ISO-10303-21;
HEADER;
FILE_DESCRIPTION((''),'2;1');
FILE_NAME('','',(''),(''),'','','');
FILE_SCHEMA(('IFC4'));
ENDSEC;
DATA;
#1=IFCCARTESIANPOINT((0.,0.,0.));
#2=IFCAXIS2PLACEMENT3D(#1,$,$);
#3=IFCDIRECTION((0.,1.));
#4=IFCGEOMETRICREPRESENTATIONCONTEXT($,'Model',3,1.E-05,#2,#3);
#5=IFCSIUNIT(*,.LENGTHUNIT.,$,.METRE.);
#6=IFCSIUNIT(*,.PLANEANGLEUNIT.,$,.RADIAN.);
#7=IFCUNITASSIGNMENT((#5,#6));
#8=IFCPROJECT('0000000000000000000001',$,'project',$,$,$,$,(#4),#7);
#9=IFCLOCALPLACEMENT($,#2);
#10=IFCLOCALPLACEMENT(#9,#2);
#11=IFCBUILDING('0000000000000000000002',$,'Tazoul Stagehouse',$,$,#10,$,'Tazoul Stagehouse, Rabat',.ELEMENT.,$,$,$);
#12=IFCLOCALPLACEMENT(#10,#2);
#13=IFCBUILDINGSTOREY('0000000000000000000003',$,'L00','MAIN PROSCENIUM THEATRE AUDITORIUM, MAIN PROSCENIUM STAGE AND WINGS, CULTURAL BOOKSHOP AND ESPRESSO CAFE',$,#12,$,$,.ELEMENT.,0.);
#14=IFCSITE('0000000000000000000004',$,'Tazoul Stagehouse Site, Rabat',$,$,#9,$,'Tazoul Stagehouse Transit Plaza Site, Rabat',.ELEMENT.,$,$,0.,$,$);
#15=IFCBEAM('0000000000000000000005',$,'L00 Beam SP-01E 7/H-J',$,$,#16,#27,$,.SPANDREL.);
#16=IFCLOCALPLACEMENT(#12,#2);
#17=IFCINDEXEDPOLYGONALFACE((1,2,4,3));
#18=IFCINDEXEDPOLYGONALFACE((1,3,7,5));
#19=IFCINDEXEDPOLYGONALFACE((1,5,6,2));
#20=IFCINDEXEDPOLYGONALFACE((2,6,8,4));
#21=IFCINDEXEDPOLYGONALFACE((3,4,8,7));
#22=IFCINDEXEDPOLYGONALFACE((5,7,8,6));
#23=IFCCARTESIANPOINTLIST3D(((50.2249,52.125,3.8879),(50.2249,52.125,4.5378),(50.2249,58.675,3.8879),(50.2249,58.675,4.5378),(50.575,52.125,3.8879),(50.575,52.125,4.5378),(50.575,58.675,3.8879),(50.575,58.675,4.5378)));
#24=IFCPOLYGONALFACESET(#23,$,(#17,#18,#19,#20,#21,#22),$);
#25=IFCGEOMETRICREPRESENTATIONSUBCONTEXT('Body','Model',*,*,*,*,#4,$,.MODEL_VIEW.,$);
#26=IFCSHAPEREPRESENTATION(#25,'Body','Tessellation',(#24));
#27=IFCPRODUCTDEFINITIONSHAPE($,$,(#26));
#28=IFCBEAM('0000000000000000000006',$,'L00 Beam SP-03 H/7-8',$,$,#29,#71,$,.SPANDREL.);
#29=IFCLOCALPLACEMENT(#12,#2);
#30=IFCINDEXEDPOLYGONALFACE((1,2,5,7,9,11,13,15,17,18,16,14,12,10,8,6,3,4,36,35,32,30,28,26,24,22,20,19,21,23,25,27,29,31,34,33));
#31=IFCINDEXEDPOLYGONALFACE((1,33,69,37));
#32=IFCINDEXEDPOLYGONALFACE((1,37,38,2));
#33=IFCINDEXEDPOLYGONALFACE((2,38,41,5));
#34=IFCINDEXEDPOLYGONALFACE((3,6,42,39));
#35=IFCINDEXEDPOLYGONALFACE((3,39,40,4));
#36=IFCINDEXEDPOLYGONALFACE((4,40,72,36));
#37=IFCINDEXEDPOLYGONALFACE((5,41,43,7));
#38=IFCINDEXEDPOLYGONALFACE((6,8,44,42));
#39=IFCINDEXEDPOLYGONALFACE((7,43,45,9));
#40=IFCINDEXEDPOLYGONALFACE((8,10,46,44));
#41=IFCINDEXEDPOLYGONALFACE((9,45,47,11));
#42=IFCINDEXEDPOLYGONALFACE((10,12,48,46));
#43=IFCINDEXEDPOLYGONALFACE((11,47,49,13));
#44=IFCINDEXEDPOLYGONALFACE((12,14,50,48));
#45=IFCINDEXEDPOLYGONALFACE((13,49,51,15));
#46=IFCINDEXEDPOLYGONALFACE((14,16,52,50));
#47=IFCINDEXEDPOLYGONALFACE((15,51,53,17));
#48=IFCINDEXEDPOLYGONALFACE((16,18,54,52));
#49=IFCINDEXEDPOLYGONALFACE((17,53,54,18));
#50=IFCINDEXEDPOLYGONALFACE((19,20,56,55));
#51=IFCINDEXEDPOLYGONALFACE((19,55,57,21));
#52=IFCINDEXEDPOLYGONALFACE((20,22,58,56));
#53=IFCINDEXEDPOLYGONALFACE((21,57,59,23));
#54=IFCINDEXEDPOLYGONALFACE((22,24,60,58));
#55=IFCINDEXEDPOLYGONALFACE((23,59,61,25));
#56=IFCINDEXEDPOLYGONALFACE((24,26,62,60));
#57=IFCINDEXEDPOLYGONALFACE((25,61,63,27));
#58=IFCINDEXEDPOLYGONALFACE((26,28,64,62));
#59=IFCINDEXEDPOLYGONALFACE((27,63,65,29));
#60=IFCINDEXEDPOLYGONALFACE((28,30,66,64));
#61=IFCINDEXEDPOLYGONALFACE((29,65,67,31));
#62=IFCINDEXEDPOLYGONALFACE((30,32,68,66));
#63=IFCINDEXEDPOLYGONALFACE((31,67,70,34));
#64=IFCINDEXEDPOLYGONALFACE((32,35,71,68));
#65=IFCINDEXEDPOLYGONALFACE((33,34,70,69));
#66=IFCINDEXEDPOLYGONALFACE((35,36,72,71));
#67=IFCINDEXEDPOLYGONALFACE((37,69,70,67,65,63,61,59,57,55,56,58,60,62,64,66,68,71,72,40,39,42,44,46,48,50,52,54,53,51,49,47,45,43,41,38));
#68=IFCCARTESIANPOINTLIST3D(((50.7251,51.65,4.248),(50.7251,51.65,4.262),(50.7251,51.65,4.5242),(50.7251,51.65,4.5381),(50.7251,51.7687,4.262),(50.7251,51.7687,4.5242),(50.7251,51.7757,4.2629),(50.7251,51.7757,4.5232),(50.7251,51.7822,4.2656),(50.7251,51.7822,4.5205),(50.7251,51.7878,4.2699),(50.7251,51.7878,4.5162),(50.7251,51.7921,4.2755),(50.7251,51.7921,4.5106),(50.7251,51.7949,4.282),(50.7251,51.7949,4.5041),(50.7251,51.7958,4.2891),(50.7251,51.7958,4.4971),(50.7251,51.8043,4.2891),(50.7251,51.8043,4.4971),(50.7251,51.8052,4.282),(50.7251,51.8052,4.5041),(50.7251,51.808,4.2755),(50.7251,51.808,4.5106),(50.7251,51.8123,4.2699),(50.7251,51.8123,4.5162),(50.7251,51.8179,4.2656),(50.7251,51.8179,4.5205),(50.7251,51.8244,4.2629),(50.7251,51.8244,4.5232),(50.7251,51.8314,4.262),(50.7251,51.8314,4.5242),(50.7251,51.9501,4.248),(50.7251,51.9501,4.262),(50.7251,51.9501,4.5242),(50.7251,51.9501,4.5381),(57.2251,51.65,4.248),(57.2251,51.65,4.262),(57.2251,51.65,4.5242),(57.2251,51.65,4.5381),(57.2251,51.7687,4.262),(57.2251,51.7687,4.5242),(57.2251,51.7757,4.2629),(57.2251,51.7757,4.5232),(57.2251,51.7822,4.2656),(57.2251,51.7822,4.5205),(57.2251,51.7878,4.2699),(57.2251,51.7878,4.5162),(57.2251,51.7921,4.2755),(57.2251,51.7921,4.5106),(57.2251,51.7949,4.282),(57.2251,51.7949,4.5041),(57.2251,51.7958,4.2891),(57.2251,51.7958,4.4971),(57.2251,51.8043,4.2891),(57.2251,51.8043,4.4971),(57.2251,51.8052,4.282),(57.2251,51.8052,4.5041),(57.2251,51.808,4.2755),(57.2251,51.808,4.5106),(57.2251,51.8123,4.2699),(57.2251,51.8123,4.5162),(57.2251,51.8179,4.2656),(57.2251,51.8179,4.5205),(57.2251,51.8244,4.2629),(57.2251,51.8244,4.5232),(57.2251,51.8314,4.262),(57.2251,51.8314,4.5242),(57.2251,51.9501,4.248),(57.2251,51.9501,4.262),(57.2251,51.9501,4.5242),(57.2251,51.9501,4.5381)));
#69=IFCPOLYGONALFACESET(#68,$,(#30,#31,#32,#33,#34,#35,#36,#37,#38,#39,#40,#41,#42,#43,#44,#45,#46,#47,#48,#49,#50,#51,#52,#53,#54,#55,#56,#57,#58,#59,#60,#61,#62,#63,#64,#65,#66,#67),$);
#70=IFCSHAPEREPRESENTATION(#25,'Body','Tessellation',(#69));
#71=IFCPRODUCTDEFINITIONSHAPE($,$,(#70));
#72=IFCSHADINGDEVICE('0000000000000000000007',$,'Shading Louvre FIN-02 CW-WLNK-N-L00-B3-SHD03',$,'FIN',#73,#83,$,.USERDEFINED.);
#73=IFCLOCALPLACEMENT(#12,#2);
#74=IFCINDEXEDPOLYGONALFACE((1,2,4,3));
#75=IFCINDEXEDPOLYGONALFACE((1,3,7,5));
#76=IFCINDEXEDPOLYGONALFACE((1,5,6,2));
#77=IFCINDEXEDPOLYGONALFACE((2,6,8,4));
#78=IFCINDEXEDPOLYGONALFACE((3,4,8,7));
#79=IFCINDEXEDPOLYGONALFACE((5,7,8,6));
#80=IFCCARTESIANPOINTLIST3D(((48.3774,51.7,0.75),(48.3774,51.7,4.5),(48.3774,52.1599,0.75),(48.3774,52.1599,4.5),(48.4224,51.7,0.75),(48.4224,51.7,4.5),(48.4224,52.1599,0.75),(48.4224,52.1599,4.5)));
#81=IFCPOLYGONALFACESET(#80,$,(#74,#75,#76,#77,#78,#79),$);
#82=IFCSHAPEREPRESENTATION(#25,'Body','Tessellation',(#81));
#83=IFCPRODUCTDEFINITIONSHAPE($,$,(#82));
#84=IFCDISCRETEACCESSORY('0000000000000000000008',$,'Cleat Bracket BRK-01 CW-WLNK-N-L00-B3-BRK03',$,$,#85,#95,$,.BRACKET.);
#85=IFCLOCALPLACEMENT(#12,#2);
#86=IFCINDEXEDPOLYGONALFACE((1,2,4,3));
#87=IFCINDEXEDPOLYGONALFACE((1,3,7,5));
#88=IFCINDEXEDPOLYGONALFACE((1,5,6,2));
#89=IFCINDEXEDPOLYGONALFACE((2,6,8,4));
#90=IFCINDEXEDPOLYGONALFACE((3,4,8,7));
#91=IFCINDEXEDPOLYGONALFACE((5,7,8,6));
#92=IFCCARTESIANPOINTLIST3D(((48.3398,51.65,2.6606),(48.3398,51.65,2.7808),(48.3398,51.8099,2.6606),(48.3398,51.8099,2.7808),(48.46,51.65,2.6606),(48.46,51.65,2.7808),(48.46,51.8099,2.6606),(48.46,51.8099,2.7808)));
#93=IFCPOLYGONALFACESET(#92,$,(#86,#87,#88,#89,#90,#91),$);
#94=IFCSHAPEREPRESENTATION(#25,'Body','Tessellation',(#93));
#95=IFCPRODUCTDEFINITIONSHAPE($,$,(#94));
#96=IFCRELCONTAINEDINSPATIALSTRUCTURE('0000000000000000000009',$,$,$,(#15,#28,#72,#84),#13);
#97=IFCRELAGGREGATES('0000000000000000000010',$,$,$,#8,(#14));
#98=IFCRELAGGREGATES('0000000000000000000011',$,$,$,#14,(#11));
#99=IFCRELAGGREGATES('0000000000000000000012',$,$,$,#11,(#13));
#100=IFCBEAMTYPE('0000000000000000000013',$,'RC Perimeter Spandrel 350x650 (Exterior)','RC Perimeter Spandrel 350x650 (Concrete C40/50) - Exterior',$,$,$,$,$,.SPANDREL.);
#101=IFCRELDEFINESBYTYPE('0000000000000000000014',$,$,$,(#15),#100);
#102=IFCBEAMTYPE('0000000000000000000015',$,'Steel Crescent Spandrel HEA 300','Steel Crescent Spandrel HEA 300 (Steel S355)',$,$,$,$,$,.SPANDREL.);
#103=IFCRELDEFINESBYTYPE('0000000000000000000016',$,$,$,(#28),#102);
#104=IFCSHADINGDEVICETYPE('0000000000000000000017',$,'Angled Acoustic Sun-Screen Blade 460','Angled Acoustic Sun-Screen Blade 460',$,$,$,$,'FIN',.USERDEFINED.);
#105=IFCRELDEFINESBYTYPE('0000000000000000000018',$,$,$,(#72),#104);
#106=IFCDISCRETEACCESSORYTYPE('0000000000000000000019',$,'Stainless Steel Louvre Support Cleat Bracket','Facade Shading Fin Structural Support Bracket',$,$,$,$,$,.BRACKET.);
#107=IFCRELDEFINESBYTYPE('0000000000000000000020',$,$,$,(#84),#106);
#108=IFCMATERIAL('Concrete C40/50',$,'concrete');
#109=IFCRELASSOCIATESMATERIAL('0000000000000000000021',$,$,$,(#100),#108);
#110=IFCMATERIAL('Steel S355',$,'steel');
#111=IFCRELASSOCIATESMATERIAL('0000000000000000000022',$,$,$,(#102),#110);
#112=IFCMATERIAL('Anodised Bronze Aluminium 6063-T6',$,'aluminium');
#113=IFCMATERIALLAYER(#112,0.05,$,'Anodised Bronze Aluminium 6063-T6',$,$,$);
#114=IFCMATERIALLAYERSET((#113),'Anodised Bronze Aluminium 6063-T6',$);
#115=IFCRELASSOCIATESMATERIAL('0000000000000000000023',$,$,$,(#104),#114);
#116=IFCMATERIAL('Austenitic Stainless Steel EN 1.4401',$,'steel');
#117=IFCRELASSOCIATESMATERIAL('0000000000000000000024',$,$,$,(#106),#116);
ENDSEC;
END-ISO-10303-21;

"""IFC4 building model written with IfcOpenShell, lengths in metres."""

from ifc_helpers import new_model, si_unit, direction, frame, origin, origin_2d, place, context, subcontext, project, spatial, rectangle, i_section, extrude, material, layer, layer_set, material_profile, profile_set, type_object, element, save


model = new_model("IFC4")

# Units and contexts
model_context = context("Model", 3, precision=1e-05, world=origin(), true_north=direction((0.0, 1.0)))
body_context = subcontext(model_context, "Body", "Model", "MODEL_VIEW")
ifc_project = project(units=[si_unit("LENGTHUNIT", "METRE"), si_unit("PLANEANGLEUNIT", "RADIAN")], contexts=[model_context])

# Site, building, storey
site_placement = place(None, origin())
site = spatial("IfcSite", under=ifc_project, at=site_placement, Name="Tazoul Stagehouse Site, Rabat", LongName="Tazoul Stagehouse Transit Plaza Site, Rabat", CompositionType="ELEMENT", RefElevation=0.0)
building_placement = place(site_placement, origin())
building = spatial("IfcBuilding", under=site, at=building_placement, Name="Tazoul Stagehouse", LongName="Tazoul Stagehouse, Rabat", CompositionType="ELEMENT")
storey_placement = place(building_placement, origin())
storey = spatial("IfcBuildingStorey", under=building, at=storey_placement, Name="L00", Description="MAIN PROSCENIUM THEATRE AUDITORIUM, MAIN PROSCENIUM STAGE AND WINGS, CULTURAL BOOKSHOP AND ESPRESSO CAFE", CompositionType="ELEMENT", Elevation=0.0)

# Beams
ifc_material_1 = material(Name="Concrete C40/50", Category="concrete")
ifc_material_profile_1 = material_profile(ifc_material_1, rectangle(XDim=0.3501, YDim=0.6499, at=origin_2d()), Name="RC 350x650")
ifc_profile_set_1 = profile_set([ifc_material_profile_1], Name="Concrete C40/50")
beam_type_1 = type_object("IfcBeamType", Name="RC Perimeter Spandrel 350x650 (Exterior)", Description="RC Perimeter Spandrel 350x650 (Concrete C40/50) - Exterior", PredefinedType="SPANDREL", material=ifc_profile_set_1)
beam_1_placement = place(storey_placement, frame((50.3999, 52.125, 4.2129), z_axis=(0.0, 1.0, 0.0), x_axis=(-1.0, 0.0, 0.0)))
element("IfcBeam", 1, at=beam_1_placement, inside=storey, type_object=beam_type_1, Name="L00 Beam SP-01E 7/H-J", PredefinedType="SPANDREL", context=body_context, shape_type="SweptSolid", body=[
    extrude(rectangle(XDim=0.3501, YDim=0.6499, at=origin_2d()), origin(), (0.0, 0.0, 1.0), 6.55),
])
ifc_material_2 = material(Name="Steel S355", Category="steel")
ifc_material_profile_2 = material_profile(ifc_material_2, i_section(OverallWidth=0.3, OverallDepth=0.29, WebThickness=0.0085, FlangeThickness=0.0139, FilletRadius=0.0271, at=origin_2d()), Name="HEA 300")
ifc_profile_set_2 = profile_set([ifc_material_profile_2], Name="Steel S355")
beam_type_2 = type_object("IfcBeamType", Name="Steel Crescent Spandrel HEA 300", Description="Steel Crescent Spandrel HEA 300 (Steel S355)", PredefinedType="SPANDREL", material=ifc_profile_set_2)
beam_2_placement = place(storey_placement, frame((50.7251, 51.8, 4.3931), z_axis=(1.0, 0.0, 0.0), x_axis=(0.0, 1.0, 0.0)))
element("IfcBeam", 2, at=beam_2_placement, inside=storey, type_object=beam_type_2, Name="L00 Beam SP-03 H/7-8", PredefinedType="SPANDREL", context=body_context, shape_type="SweptSolid", body=[
    extrude(i_section(OverallWidth=0.3, OverallDepth=0.29, WebThickness=0.0085, FlangeThickness=0.0139, FilletRadius=0.0271, at=origin_2d()), origin(), (0.0, 0.0, 1.0), 6.5),
])

# Shading device
ifc_material_3 = material(Name="Anodised Bronze Aluminium 6063-T6", Category="aluminium")
ifc_layer = layer(ifc_material_3, 0.05, Name="Anodised Bronze Aluminium 6063-T6")
ifc_layer_set = layer_set([ifc_layer], Name="Anodised Bronze Aluminium 6063-T6")
shading_device_type = type_object("IfcShadingDeviceType", Name="Angled Acoustic Sun-Screen Blade 460", Description="Angled Acoustic Sun-Screen Blade 460", ElementType="FIN", PredefinedType="USERDEFINED", material=ifc_layer_set)
shading_device_placement = place(storey_placement, frame((48.3999, 51.9299, 0.75), z_axis=(0.0, 0.0, 1.0), x_axis=(1.0, 0.0, 0.0)))
element("IfcShadingDevice", 3, at=shading_device_placement, inside=storey, type_object=shading_device_type, Name="Shading Louvre FIN-02 CW-WLNK-N-L00-B3-SHD03", ObjectType="FIN", PredefinedType="USERDEFINED", context=body_context, shape_type="SweptSolid", body=[
    extrude(rectangle(XDim=0.0449, YDim=0.46, at=origin_2d()), origin(), (0.0, 0.0, 1.0), 3.75),
])

# Discrete accessory
ifc_material_4 = material(Name="Austenitic Stainless Steel EN 1.4401", Category="steel")
discrete_accessory_type = type_object("IfcDiscreteAccessoryType", Name="Stainless Steel Louvre Support Cleat Bracket", Description="Facade Shading Fin Structural Support Bracket", PredefinedType="BRACKET", material=ifc_material_4)
discrete_accessory_placement = place(storey_placement, frame((48.3999, 51.73, 2.6606), z_axis=(0.0, 0.0, 1.0), x_axis=(1.0, 0.0, 0.0)))
element("IfcDiscreteAccessory", 4, at=discrete_accessory_placement, inside=storey, type_object=discrete_accessory_type, Name="Cleat Bracket BRK-01 CW-WLNK-N-L00-B3-BRK03", PredefinedType="BRACKET", context=body_context, shape_type="SweptSolid", body=[
    extrude(rectangle(XDim=0.1201, YDim=0.1599, at=origin_2d()), origin(), (0.0, 0.0, 1.0), 0.1201),
])

save(model, "model.ifc")
